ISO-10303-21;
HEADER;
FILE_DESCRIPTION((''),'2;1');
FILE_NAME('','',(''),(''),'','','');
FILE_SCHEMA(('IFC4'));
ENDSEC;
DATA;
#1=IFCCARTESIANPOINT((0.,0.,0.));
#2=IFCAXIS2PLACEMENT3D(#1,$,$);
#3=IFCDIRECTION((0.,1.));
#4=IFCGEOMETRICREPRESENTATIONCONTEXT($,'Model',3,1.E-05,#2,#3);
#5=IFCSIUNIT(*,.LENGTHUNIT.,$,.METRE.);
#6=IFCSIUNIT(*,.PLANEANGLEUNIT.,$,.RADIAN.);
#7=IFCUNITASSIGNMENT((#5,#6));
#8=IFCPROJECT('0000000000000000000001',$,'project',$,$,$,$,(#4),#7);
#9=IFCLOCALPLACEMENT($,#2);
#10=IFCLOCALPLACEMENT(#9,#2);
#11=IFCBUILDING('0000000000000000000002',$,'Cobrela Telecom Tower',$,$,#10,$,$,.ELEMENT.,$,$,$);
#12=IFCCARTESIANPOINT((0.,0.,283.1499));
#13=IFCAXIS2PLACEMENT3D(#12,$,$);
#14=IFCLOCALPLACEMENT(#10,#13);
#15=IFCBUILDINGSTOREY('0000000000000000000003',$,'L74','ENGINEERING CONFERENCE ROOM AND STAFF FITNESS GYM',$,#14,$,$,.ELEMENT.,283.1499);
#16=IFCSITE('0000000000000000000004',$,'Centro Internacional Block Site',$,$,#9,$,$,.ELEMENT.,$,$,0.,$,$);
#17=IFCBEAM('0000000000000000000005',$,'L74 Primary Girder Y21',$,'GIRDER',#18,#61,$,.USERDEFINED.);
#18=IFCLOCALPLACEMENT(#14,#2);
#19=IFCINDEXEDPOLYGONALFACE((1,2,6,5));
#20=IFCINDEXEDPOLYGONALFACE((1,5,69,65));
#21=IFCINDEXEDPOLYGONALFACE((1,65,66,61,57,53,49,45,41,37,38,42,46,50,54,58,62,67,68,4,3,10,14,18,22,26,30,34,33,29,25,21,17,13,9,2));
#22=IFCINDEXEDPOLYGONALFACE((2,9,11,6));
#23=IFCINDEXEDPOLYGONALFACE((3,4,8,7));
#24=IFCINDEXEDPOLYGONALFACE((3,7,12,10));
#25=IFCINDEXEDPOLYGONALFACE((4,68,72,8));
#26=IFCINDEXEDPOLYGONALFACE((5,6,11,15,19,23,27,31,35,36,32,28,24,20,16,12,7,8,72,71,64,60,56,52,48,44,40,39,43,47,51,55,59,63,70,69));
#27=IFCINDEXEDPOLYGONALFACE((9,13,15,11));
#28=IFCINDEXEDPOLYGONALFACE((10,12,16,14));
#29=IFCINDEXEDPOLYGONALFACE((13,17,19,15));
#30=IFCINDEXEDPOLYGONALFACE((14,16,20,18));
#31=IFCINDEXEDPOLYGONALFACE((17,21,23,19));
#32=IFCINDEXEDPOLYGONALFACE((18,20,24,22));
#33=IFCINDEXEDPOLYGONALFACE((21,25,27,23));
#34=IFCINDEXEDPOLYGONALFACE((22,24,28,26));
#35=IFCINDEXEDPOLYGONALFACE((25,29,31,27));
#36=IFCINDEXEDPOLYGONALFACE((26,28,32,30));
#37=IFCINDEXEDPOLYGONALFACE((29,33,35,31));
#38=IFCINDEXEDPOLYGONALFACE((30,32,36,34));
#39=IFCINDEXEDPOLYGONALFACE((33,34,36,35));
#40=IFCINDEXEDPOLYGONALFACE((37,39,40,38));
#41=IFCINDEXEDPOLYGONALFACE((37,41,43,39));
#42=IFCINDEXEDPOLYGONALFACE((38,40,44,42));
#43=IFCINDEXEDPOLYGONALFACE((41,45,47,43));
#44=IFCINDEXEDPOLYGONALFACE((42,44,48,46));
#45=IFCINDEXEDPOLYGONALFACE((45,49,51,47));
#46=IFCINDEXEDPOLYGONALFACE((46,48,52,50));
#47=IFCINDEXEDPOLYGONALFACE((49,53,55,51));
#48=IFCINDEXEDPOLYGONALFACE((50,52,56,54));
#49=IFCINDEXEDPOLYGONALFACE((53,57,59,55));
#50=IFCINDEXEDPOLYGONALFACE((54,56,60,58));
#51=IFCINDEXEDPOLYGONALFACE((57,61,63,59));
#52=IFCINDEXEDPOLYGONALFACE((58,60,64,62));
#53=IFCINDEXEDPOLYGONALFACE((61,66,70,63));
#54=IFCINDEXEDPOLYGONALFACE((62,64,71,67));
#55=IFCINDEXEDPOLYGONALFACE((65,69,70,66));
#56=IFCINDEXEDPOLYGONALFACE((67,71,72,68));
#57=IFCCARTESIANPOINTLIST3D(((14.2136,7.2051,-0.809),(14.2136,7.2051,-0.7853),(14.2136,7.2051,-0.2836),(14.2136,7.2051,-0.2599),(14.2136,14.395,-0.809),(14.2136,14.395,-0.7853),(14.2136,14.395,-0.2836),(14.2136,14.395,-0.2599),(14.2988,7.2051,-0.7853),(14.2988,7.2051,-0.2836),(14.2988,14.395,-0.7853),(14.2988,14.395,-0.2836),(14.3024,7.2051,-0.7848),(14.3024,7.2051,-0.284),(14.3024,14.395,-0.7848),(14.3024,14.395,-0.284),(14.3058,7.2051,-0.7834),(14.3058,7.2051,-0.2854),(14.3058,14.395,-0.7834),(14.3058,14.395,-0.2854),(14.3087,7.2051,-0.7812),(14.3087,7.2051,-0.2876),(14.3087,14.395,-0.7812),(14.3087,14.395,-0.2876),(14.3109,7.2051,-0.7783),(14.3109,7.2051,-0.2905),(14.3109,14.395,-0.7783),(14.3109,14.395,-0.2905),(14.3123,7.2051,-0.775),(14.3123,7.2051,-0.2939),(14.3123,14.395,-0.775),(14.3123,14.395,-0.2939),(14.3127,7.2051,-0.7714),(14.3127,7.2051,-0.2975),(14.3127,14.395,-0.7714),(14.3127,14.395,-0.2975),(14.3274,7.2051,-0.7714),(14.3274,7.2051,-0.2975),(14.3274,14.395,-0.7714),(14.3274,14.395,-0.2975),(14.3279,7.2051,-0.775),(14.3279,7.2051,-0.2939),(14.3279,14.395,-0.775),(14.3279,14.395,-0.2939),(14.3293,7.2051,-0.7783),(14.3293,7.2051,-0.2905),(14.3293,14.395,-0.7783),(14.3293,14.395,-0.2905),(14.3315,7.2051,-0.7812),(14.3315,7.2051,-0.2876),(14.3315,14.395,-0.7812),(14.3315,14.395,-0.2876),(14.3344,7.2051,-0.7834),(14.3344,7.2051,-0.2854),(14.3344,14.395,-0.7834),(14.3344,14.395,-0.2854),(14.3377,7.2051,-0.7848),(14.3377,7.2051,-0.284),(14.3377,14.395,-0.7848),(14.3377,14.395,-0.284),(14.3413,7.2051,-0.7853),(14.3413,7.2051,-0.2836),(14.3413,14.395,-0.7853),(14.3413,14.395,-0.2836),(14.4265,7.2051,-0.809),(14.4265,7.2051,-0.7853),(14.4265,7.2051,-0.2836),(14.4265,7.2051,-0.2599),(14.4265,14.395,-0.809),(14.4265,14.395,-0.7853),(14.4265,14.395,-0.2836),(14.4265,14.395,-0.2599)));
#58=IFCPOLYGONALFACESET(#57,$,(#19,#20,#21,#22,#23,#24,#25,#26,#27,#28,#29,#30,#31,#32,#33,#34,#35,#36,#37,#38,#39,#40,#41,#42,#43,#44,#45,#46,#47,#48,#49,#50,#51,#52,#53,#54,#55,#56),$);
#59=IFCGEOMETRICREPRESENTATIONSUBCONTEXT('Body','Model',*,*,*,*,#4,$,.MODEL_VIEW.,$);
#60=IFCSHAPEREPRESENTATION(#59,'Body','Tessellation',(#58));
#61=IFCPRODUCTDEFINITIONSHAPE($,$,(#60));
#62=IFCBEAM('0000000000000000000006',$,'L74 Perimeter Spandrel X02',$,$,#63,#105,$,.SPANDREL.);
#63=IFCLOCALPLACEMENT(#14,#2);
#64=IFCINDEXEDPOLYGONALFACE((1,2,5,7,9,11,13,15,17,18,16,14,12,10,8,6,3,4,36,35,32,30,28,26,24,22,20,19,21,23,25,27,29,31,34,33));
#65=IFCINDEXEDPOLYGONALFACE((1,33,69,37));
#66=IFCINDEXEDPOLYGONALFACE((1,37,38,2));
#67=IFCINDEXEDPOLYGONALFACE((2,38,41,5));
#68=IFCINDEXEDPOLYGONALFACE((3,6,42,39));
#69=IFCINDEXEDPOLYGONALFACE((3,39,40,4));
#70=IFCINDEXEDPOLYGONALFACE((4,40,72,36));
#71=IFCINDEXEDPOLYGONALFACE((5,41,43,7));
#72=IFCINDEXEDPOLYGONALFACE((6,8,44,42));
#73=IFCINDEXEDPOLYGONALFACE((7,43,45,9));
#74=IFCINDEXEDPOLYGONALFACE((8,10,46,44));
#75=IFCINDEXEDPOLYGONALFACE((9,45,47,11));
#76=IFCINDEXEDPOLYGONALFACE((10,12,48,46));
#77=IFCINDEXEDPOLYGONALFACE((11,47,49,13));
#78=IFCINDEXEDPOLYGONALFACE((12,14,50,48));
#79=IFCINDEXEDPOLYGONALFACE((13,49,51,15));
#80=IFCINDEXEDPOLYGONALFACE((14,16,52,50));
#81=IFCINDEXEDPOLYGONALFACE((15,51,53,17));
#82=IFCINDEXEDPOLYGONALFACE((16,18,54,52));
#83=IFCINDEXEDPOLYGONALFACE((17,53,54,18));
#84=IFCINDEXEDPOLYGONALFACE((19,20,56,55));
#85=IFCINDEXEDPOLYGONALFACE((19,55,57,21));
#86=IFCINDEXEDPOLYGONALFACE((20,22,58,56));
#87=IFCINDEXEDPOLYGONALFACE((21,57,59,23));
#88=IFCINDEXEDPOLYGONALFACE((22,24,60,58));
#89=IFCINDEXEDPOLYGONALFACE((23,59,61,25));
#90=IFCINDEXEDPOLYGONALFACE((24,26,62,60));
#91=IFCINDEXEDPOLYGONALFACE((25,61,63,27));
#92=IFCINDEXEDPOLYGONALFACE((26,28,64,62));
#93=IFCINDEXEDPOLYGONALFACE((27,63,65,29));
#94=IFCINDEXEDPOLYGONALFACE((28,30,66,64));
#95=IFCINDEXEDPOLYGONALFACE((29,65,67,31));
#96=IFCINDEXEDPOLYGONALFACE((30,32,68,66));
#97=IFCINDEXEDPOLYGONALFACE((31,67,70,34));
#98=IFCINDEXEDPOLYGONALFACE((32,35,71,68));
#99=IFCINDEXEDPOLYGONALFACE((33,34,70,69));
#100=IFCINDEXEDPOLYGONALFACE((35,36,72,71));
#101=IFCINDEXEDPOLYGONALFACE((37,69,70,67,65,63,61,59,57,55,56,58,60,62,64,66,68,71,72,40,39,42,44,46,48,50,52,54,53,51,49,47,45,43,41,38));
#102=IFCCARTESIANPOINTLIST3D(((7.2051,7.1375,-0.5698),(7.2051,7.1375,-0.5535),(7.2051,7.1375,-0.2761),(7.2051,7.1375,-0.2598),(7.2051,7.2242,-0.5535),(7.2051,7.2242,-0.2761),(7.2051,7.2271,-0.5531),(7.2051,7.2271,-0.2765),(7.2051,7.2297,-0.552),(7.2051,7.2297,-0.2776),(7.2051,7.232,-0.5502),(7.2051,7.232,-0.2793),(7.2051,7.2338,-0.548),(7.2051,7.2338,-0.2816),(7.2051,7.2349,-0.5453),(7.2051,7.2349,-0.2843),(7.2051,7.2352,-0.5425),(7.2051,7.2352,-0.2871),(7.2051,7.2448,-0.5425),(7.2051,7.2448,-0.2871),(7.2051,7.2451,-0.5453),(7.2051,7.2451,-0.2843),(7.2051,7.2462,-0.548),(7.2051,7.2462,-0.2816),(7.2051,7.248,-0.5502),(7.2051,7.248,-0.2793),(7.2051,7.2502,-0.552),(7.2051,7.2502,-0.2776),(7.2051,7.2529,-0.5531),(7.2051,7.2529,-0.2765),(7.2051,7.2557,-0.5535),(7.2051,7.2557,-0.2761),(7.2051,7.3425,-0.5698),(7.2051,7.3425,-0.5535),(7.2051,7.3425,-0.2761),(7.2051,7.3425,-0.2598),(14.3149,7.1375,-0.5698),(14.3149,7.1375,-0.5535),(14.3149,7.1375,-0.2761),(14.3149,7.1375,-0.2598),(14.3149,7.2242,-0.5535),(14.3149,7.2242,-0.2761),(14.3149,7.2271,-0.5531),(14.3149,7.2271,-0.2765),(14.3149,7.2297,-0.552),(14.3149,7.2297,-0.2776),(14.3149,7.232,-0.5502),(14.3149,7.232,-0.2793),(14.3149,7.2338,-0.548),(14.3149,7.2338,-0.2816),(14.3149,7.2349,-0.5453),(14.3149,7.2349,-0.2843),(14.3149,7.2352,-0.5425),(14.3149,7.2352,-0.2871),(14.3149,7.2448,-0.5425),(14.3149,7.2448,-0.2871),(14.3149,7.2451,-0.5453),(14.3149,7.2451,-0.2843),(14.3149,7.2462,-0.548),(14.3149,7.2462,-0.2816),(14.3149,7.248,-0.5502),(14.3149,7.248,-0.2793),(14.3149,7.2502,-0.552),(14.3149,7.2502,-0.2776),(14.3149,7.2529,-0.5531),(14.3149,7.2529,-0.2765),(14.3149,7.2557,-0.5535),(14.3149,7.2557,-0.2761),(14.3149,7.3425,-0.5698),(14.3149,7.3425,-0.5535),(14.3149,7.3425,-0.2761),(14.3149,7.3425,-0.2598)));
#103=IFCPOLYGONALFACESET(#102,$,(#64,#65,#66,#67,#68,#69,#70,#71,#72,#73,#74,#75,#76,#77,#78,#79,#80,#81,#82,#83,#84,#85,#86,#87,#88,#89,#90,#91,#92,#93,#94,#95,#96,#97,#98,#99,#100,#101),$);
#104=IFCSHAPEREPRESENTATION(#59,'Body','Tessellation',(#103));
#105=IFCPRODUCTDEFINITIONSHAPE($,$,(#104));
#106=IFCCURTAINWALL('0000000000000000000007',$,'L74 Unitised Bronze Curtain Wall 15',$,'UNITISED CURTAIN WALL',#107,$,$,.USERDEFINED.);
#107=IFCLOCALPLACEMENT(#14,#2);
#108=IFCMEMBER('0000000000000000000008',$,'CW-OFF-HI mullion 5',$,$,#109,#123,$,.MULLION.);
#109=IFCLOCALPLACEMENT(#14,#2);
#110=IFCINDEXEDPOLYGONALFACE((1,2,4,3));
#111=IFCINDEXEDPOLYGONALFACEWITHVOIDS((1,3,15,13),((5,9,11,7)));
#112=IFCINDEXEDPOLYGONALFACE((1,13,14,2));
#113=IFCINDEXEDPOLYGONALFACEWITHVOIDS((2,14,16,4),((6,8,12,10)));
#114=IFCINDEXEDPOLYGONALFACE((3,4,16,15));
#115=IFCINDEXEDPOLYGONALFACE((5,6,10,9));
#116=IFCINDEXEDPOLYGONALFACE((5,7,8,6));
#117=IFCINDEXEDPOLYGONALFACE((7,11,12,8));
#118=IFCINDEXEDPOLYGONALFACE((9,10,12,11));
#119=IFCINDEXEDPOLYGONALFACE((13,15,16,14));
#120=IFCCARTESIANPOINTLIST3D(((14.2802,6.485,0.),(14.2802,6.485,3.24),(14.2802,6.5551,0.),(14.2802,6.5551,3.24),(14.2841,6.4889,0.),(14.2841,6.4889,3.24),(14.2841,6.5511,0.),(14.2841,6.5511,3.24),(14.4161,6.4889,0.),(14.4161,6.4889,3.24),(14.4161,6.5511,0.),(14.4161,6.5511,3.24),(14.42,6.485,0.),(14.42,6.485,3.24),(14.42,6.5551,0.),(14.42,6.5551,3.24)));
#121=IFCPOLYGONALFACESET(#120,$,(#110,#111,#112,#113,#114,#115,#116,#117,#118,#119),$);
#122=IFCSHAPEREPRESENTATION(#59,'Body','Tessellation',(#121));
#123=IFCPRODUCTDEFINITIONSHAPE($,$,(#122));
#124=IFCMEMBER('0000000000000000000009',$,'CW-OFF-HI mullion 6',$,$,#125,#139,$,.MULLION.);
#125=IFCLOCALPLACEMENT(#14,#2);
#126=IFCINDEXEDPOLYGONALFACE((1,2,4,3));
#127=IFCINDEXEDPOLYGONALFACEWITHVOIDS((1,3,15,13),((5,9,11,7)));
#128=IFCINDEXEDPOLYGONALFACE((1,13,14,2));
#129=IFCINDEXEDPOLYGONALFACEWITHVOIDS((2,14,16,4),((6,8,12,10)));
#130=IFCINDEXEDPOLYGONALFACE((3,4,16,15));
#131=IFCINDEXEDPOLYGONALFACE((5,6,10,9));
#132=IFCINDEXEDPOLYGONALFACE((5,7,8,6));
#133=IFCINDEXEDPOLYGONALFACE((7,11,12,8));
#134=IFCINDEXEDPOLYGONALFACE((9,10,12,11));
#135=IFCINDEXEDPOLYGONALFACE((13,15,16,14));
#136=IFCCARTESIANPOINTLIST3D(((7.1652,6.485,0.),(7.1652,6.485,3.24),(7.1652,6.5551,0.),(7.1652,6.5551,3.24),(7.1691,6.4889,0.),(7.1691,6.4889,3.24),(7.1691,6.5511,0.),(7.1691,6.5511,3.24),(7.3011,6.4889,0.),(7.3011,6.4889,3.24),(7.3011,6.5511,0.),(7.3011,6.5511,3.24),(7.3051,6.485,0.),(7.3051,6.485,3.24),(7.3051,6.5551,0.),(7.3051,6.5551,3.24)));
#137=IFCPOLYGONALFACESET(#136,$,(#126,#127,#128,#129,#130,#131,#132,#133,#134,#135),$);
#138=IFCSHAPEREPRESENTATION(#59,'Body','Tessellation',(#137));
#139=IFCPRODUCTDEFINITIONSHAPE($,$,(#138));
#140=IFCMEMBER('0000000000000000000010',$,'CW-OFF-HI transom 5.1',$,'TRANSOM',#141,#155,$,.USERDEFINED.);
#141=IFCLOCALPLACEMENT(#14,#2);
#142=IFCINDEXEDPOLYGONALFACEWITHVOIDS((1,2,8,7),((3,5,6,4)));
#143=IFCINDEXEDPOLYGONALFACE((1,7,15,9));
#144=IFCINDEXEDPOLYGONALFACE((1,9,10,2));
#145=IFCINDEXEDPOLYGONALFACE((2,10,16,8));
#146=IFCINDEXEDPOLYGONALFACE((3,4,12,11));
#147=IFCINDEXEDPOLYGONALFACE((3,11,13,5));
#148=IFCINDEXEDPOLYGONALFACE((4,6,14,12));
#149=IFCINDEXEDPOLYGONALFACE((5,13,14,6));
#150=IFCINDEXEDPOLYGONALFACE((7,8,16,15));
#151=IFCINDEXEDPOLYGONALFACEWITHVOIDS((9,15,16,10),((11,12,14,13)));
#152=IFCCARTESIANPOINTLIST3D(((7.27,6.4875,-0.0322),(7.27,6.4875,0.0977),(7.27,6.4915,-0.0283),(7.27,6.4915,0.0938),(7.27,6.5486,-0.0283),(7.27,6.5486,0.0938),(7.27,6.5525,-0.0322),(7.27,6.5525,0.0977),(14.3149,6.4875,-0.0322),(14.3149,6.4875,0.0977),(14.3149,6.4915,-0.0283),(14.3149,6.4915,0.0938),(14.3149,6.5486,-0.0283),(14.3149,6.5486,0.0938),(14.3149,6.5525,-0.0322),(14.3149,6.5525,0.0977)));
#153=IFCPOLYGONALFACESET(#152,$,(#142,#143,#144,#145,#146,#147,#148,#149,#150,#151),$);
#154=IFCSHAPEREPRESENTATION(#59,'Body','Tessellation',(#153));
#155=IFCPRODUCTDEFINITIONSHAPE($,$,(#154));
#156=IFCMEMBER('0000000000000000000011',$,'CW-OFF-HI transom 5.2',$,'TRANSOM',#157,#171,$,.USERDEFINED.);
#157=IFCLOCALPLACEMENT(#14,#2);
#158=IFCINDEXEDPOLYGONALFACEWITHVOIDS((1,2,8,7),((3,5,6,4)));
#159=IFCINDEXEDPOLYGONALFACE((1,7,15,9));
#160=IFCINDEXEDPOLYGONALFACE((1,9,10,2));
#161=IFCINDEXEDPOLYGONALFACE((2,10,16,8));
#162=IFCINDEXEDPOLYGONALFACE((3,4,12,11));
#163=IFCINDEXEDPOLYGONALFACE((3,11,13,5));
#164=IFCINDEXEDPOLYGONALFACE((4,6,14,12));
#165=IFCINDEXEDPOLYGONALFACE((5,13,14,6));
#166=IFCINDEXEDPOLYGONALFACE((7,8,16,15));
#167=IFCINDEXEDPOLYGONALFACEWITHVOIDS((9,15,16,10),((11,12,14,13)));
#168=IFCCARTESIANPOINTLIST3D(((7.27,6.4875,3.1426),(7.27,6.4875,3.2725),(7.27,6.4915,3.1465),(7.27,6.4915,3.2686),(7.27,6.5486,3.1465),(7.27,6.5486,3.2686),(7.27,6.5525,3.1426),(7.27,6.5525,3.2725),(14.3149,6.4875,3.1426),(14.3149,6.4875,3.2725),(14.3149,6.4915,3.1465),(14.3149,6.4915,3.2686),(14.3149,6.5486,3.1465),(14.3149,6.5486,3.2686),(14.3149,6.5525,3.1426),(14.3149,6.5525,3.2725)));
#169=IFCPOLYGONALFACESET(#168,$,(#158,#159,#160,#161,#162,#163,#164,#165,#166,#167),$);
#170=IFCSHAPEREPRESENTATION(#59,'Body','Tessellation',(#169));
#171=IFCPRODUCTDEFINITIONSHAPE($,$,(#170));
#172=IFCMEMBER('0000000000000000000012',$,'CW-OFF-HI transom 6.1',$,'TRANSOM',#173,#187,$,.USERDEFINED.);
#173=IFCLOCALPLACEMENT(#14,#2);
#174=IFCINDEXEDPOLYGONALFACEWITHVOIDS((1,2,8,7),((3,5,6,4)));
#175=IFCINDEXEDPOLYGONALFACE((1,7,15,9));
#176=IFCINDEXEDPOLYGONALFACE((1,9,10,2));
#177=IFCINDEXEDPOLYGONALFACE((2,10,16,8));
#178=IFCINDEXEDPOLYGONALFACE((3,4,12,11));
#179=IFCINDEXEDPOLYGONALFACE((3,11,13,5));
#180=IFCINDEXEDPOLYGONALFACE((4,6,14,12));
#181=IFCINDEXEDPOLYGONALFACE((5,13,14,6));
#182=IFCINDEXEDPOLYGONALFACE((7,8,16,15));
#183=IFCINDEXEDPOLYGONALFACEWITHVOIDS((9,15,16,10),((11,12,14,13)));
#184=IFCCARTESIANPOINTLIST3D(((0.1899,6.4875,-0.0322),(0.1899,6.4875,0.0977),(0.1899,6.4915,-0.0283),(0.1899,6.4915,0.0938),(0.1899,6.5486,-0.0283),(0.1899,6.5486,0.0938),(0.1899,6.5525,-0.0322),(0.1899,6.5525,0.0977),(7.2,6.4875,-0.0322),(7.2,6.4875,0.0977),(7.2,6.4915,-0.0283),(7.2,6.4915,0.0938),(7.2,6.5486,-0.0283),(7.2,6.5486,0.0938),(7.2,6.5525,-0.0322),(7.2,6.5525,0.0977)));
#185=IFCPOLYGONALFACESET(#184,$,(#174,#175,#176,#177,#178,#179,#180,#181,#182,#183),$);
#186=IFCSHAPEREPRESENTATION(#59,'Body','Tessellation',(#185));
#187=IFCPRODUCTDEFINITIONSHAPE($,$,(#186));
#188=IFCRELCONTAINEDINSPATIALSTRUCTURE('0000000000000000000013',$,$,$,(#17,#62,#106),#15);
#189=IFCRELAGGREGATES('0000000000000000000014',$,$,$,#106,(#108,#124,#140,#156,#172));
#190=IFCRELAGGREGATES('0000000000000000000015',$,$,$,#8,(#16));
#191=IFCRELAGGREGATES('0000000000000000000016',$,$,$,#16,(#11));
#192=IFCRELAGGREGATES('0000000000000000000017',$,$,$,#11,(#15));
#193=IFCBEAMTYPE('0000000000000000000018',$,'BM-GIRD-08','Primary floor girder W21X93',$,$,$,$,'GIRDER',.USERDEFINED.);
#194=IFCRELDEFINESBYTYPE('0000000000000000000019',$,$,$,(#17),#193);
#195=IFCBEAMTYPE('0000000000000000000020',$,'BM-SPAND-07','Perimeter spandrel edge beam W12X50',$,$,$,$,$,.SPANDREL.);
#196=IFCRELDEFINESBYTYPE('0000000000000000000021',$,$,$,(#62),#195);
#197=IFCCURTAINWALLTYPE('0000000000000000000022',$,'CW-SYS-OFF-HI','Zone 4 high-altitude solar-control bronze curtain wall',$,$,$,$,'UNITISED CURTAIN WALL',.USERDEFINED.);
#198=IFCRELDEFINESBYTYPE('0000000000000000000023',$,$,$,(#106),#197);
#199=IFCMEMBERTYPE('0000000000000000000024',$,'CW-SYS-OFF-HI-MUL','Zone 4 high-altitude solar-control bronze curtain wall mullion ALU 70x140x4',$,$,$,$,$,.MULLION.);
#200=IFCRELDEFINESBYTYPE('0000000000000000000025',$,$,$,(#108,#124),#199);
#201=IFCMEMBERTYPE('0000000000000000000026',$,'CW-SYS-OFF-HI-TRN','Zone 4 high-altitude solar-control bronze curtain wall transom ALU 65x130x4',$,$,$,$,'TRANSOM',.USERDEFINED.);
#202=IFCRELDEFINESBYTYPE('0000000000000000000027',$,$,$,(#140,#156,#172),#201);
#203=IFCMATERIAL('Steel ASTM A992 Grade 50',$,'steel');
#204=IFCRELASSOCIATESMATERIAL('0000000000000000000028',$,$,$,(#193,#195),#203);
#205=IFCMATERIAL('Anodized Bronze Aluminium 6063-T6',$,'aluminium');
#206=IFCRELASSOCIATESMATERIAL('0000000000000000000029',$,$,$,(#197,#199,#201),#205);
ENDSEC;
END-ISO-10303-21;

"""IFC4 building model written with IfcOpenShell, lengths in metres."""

from ifc_helpers import new_model, si_unit, direction, frame, origin, origin_2d, place, context, subcontext, project, spatial, hollow_rectangle, i_section, extrude, material, material_profile, profile_set, type_object, element, aggregate, save


model = new_model("IFC4")

# Units and contexts
model_context = context("Model", 3, precision=1e-05, world=origin(), true_north=direction((0.0, 1.0)))
body_context = subcontext(model_context, "Body", "Model", "MODEL_VIEW")
ifc_project = project(units=[si_unit("LENGTHUNIT", "METRE"), si_unit("PLANEANGLEUNIT", "RADIAN")], contexts=[model_context])

# Site, building, storey
site_placement = place(None, origin())
site = spatial("IfcSite", under=ifc_project, at=site_placement, Name="Centro Internacional Block Site", CompositionType="ELEMENT", RefElevation=0.0)
building_placement = place(site_placement, origin())
building = spatial("IfcBuilding", under=site, at=building_placement, Name="Cobrela Telecom Tower", CompositionType="ELEMENT")
storey_placement = place(building_placement, frame((0.0, 0.0, 283.1499)))
storey = spatial("IfcBuildingStorey", under=building, at=storey_placement, Name="L74", Description="ENGINEERING CONFERENCE ROOM AND STAFF FITNESS GYM", CompositionType="ELEMENT", Elevation=283.1499)

# Beams
ifc_material_1 = material(Name="Steel ASTM A992 Grade 50", Category="steel")
ifc_material_profile_1 = material_profile(ifc_material_1, i_section(OverallWidth=0.2129, OverallDepth=0.5491, WebThickness=0.0146, FlangeThickness=0.0237, FilletRadius=0.0139, at=origin_2d()), Name="W21X93")
ifc_profile_set_1 = profile_set([ifc_material_profile_1], Name="Steel ASTM A992 Grade 50")
beam_type_1 = type_object("IfcBeamType", Name="BM-GIRD-08", Description="Primary floor girder W21X93", ElementType="GIRDER", PredefinedType="USERDEFINED", material=ifc_profile_set_1)
beam_1_placement = place(storey_placement, frame((14.3201, 7.2051, -0.5344), z_axis=(0.0, 1.0, 0.0), x_axis=(-1.0, 0.0, 0.0)))
element("IfcBeam", 1, at=beam_1_placement, inside=storey, type_object=beam_type_1, Name="L74 Primary Girder Y21", ObjectType="GIRDER", PredefinedType="USERDEFINED", context=body_context, shape_type="SweptSolid", body=[
    extrude(i_section(OverallWidth=0.2129, OverallDepth=0.5491, WebThickness=0.0146, FlangeThickness=0.0237, FilletRadius=0.0139, at=origin_2d()), origin(), (0.0, 0.0, 1.0), 7.1899),
])
ifc_material_profile_2 = material_profile(ifc_material_1, i_section(OverallWidth=0.2051, OverallDepth=0.3101, WebThickness=0.0095, FlangeThickness=0.0164, FilletRadius=0.011, at=origin_2d()), Name="W12X50")
ifc_profile_set_2 = profile_set([ifc_material_profile_2], Name="Steel ASTM A992 Grade 50")
beam_type_2 = type_object("IfcBeamType", Name="BM-SPAND-07", Description="Perimeter spandrel edge beam W12X50", PredefinedType="SPANDREL", material=ifc_profile_set_2)
beam_2_placement = place(storey_placement, frame((7.2051, 7.24, -0.4148), z_axis=(1.0, 0.0, 0.0), x_axis=(0.0, 1.0, 0.0)))
element("IfcBeam", 2, at=beam_2_placement, inside=storey, type_object=beam_type_2, Name="L74 Perimeter Spandrel X02", PredefinedType="SPANDREL", context=body_context, shape_type="SweptSolid", body=[
    extrude(i_section(OverallWidth=0.2051, OverallDepth=0.3101, WebThickness=0.0095, FlangeThickness=0.0164, FilletRadius=0.011, at=origin_2d()), origin(), (0.0, 0.0, 1.0), 7.1099),
])

# Curtain wall, members
ifc_material_2 = material(Name="Anodized Bronze Aluminium 6063-T6", Category="aluminium")
curtain_wall_type = type_object("IfcCurtainWallType", Name="CW-SYS-OFF-HI", Description="Zone 4 high-altitude solar-control bronze curtain wall", ElementType="UNITISED CURTAIN WALL", PredefinedType="USERDEFINED", material=ifc_material_2)
curtain_wall_placement = place(storey_placement, origin())
curtain_wall = element("IfcCurtainWall", 3, at=curtain_wall_placement, inside=storey, type_object=curtain_wall_type, Name="L74 Unitised Bronze Curtain Wall 15", ObjectType="UNITISED CURTAIN WALL", PredefinedType="USERDEFINED")
ifc_material_profile_3 = material_profile(ifc_material_2, hollow_rectangle(XDim=0.0701, YDim=0.1399, WallThickness=0.0039, at=origin_2d()), Name="ALU 70x140x4")
ifc_profile_set_3 = profile_set([ifc_material_profile_3], Name="Anodized Bronze Aluminium 6063-T6")
member_type_1 = type_object("IfcMemberType", Name="CW-SYS-OFF-HI-MUL", Description="Zone 4 high-altitude solar-control bronze curtain wall mullion ALU 70x140x4", PredefinedType="MULLION", material=ifc_profile_set_3)
member_1_placement = place(storey_placement, frame((14.3501, 6.52, 0.0), z_axis=(0.0, 0.0, 1.0), x_axis=(0.0, -1.0, 0.0)))
member_1 = element("IfcMember", 4, at=member_1_placement, type_object=member_type_1, Name="CW-OFF-HI mullion 5", PredefinedType="MULLION", context=body_context, shape_type="SweptSolid", body=[
    extrude(hollow_rectangle(XDim=0.0701, YDim=0.1399, WallThickness=0.0039, at=origin_2d()), origin(), (0.0, 0.0, 1.0), 3.24),
])
member_2_placement = place(storey_placement, frame((7.2351, 6.52, 0.0), z_axis=(0.0, 0.0, 1.0), x_axis=(0.0, -1.0, 0.0)))
member_2 = element("IfcMember", 5, at=member_2_placement, type_object=member_type_1, Name="CW-OFF-HI mullion 6", PredefinedType="MULLION", context=body_context, shape_type="SweptSolid", body=[
    extrude(hollow_rectangle(XDim=0.0701, YDim=0.1399, WallThickness=0.0039, at=origin_2d()), origin(), (0.0, 0.0, 1.0), 3.24),
])
ifc_material_profile_4 = material_profile(ifc_material_2, hollow_rectangle(XDim=0.0649, YDim=0.1299, WallThickness=0.0039, at=origin_2d()), Name="ALU 65x130x4")
ifc_profile_set_4 = profile_set([ifc_material_profile_4], Name="Anodized Bronze Aluminium 6063-T6")
member_type_2 = type_object("IfcMemberType", Name="CW-SYS-OFF-HI-TRN", Description="Zone 4 high-altitude solar-control bronze curtain wall transom ALU 65x130x4", ElementType="TRANSOM", PredefinedType="USERDEFINED", material=ifc_profile_set_4)
member_3_placement = place(storey_placement, frame((14.3149, 6.52, 0.0327), z_axis=(-1.0, 0.0, 0.0), x_axis=(0.0, -1.0, 0.0)))
member_3 = element("IfcMember", 6, at=member_3_placement, type_object=member_type_2, Name="CW-OFF-HI transom 5.1", ObjectType="TRANSOM", PredefinedType="USERDEFINED", context=body_context, shape_type="SweptSolid", body=[
    extrude(hollow_rectangle(XDim=0.0649, YDim=0.1299, WallThickness=0.0039, at=origin_2d()), origin(), (0.0, 0.0, 1.0), 7.0449),
])
member_4_placement = place(storey_placement, frame((14.3149, 6.52, 3.2075), z_axis=(-1.0, 0.0, 0.0), x_axis=(0.0, -1.0, 0.0)))
member_4 = element("IfcMember", 7, at=member_4_placement, type_object=member_type_2, Name="CW-OFF-HI transom 5.2", ObjectType="TRANSOM", PredefinedType="USERDEFINED", context=body_context, shape_type="SweptSolid", body=[
    extrude(hollow_rectangle(XDim=0.0649, YDim=0.1299, WallThickness=0.0039, at=origin_2d()), origin(), (0.0, 0.0, 1.0), 7.0449),
])
member_5_placement = place(storey_placement, frame((7.2, 6.52, 0.0327), z_axis=(-1.0, 0.0, 0.0), x_axis=(0.0, -1.0, 0.0)))
member_5 = element("IfcMember", 8, at=member_5_placement, type_object=member_type_2, Name="CW-OFF-HI transom 6.1", ObjectType="TRANSOM", PredefinedType="USERDEFINED", context=body_context, shape_type="SweptSolid", body=[
    extrude(hollow_rectangle(XDim=0.0649, YDim=0.1299, WallThickness=0.0039, at=origin_2d()), origin(), (0.0, 0.0, 1.0), 7.01),
])
aggregate(curtain_wall, [member_1, member_2, member_3, member_4, member_5])

save(model, "model.ifc")
